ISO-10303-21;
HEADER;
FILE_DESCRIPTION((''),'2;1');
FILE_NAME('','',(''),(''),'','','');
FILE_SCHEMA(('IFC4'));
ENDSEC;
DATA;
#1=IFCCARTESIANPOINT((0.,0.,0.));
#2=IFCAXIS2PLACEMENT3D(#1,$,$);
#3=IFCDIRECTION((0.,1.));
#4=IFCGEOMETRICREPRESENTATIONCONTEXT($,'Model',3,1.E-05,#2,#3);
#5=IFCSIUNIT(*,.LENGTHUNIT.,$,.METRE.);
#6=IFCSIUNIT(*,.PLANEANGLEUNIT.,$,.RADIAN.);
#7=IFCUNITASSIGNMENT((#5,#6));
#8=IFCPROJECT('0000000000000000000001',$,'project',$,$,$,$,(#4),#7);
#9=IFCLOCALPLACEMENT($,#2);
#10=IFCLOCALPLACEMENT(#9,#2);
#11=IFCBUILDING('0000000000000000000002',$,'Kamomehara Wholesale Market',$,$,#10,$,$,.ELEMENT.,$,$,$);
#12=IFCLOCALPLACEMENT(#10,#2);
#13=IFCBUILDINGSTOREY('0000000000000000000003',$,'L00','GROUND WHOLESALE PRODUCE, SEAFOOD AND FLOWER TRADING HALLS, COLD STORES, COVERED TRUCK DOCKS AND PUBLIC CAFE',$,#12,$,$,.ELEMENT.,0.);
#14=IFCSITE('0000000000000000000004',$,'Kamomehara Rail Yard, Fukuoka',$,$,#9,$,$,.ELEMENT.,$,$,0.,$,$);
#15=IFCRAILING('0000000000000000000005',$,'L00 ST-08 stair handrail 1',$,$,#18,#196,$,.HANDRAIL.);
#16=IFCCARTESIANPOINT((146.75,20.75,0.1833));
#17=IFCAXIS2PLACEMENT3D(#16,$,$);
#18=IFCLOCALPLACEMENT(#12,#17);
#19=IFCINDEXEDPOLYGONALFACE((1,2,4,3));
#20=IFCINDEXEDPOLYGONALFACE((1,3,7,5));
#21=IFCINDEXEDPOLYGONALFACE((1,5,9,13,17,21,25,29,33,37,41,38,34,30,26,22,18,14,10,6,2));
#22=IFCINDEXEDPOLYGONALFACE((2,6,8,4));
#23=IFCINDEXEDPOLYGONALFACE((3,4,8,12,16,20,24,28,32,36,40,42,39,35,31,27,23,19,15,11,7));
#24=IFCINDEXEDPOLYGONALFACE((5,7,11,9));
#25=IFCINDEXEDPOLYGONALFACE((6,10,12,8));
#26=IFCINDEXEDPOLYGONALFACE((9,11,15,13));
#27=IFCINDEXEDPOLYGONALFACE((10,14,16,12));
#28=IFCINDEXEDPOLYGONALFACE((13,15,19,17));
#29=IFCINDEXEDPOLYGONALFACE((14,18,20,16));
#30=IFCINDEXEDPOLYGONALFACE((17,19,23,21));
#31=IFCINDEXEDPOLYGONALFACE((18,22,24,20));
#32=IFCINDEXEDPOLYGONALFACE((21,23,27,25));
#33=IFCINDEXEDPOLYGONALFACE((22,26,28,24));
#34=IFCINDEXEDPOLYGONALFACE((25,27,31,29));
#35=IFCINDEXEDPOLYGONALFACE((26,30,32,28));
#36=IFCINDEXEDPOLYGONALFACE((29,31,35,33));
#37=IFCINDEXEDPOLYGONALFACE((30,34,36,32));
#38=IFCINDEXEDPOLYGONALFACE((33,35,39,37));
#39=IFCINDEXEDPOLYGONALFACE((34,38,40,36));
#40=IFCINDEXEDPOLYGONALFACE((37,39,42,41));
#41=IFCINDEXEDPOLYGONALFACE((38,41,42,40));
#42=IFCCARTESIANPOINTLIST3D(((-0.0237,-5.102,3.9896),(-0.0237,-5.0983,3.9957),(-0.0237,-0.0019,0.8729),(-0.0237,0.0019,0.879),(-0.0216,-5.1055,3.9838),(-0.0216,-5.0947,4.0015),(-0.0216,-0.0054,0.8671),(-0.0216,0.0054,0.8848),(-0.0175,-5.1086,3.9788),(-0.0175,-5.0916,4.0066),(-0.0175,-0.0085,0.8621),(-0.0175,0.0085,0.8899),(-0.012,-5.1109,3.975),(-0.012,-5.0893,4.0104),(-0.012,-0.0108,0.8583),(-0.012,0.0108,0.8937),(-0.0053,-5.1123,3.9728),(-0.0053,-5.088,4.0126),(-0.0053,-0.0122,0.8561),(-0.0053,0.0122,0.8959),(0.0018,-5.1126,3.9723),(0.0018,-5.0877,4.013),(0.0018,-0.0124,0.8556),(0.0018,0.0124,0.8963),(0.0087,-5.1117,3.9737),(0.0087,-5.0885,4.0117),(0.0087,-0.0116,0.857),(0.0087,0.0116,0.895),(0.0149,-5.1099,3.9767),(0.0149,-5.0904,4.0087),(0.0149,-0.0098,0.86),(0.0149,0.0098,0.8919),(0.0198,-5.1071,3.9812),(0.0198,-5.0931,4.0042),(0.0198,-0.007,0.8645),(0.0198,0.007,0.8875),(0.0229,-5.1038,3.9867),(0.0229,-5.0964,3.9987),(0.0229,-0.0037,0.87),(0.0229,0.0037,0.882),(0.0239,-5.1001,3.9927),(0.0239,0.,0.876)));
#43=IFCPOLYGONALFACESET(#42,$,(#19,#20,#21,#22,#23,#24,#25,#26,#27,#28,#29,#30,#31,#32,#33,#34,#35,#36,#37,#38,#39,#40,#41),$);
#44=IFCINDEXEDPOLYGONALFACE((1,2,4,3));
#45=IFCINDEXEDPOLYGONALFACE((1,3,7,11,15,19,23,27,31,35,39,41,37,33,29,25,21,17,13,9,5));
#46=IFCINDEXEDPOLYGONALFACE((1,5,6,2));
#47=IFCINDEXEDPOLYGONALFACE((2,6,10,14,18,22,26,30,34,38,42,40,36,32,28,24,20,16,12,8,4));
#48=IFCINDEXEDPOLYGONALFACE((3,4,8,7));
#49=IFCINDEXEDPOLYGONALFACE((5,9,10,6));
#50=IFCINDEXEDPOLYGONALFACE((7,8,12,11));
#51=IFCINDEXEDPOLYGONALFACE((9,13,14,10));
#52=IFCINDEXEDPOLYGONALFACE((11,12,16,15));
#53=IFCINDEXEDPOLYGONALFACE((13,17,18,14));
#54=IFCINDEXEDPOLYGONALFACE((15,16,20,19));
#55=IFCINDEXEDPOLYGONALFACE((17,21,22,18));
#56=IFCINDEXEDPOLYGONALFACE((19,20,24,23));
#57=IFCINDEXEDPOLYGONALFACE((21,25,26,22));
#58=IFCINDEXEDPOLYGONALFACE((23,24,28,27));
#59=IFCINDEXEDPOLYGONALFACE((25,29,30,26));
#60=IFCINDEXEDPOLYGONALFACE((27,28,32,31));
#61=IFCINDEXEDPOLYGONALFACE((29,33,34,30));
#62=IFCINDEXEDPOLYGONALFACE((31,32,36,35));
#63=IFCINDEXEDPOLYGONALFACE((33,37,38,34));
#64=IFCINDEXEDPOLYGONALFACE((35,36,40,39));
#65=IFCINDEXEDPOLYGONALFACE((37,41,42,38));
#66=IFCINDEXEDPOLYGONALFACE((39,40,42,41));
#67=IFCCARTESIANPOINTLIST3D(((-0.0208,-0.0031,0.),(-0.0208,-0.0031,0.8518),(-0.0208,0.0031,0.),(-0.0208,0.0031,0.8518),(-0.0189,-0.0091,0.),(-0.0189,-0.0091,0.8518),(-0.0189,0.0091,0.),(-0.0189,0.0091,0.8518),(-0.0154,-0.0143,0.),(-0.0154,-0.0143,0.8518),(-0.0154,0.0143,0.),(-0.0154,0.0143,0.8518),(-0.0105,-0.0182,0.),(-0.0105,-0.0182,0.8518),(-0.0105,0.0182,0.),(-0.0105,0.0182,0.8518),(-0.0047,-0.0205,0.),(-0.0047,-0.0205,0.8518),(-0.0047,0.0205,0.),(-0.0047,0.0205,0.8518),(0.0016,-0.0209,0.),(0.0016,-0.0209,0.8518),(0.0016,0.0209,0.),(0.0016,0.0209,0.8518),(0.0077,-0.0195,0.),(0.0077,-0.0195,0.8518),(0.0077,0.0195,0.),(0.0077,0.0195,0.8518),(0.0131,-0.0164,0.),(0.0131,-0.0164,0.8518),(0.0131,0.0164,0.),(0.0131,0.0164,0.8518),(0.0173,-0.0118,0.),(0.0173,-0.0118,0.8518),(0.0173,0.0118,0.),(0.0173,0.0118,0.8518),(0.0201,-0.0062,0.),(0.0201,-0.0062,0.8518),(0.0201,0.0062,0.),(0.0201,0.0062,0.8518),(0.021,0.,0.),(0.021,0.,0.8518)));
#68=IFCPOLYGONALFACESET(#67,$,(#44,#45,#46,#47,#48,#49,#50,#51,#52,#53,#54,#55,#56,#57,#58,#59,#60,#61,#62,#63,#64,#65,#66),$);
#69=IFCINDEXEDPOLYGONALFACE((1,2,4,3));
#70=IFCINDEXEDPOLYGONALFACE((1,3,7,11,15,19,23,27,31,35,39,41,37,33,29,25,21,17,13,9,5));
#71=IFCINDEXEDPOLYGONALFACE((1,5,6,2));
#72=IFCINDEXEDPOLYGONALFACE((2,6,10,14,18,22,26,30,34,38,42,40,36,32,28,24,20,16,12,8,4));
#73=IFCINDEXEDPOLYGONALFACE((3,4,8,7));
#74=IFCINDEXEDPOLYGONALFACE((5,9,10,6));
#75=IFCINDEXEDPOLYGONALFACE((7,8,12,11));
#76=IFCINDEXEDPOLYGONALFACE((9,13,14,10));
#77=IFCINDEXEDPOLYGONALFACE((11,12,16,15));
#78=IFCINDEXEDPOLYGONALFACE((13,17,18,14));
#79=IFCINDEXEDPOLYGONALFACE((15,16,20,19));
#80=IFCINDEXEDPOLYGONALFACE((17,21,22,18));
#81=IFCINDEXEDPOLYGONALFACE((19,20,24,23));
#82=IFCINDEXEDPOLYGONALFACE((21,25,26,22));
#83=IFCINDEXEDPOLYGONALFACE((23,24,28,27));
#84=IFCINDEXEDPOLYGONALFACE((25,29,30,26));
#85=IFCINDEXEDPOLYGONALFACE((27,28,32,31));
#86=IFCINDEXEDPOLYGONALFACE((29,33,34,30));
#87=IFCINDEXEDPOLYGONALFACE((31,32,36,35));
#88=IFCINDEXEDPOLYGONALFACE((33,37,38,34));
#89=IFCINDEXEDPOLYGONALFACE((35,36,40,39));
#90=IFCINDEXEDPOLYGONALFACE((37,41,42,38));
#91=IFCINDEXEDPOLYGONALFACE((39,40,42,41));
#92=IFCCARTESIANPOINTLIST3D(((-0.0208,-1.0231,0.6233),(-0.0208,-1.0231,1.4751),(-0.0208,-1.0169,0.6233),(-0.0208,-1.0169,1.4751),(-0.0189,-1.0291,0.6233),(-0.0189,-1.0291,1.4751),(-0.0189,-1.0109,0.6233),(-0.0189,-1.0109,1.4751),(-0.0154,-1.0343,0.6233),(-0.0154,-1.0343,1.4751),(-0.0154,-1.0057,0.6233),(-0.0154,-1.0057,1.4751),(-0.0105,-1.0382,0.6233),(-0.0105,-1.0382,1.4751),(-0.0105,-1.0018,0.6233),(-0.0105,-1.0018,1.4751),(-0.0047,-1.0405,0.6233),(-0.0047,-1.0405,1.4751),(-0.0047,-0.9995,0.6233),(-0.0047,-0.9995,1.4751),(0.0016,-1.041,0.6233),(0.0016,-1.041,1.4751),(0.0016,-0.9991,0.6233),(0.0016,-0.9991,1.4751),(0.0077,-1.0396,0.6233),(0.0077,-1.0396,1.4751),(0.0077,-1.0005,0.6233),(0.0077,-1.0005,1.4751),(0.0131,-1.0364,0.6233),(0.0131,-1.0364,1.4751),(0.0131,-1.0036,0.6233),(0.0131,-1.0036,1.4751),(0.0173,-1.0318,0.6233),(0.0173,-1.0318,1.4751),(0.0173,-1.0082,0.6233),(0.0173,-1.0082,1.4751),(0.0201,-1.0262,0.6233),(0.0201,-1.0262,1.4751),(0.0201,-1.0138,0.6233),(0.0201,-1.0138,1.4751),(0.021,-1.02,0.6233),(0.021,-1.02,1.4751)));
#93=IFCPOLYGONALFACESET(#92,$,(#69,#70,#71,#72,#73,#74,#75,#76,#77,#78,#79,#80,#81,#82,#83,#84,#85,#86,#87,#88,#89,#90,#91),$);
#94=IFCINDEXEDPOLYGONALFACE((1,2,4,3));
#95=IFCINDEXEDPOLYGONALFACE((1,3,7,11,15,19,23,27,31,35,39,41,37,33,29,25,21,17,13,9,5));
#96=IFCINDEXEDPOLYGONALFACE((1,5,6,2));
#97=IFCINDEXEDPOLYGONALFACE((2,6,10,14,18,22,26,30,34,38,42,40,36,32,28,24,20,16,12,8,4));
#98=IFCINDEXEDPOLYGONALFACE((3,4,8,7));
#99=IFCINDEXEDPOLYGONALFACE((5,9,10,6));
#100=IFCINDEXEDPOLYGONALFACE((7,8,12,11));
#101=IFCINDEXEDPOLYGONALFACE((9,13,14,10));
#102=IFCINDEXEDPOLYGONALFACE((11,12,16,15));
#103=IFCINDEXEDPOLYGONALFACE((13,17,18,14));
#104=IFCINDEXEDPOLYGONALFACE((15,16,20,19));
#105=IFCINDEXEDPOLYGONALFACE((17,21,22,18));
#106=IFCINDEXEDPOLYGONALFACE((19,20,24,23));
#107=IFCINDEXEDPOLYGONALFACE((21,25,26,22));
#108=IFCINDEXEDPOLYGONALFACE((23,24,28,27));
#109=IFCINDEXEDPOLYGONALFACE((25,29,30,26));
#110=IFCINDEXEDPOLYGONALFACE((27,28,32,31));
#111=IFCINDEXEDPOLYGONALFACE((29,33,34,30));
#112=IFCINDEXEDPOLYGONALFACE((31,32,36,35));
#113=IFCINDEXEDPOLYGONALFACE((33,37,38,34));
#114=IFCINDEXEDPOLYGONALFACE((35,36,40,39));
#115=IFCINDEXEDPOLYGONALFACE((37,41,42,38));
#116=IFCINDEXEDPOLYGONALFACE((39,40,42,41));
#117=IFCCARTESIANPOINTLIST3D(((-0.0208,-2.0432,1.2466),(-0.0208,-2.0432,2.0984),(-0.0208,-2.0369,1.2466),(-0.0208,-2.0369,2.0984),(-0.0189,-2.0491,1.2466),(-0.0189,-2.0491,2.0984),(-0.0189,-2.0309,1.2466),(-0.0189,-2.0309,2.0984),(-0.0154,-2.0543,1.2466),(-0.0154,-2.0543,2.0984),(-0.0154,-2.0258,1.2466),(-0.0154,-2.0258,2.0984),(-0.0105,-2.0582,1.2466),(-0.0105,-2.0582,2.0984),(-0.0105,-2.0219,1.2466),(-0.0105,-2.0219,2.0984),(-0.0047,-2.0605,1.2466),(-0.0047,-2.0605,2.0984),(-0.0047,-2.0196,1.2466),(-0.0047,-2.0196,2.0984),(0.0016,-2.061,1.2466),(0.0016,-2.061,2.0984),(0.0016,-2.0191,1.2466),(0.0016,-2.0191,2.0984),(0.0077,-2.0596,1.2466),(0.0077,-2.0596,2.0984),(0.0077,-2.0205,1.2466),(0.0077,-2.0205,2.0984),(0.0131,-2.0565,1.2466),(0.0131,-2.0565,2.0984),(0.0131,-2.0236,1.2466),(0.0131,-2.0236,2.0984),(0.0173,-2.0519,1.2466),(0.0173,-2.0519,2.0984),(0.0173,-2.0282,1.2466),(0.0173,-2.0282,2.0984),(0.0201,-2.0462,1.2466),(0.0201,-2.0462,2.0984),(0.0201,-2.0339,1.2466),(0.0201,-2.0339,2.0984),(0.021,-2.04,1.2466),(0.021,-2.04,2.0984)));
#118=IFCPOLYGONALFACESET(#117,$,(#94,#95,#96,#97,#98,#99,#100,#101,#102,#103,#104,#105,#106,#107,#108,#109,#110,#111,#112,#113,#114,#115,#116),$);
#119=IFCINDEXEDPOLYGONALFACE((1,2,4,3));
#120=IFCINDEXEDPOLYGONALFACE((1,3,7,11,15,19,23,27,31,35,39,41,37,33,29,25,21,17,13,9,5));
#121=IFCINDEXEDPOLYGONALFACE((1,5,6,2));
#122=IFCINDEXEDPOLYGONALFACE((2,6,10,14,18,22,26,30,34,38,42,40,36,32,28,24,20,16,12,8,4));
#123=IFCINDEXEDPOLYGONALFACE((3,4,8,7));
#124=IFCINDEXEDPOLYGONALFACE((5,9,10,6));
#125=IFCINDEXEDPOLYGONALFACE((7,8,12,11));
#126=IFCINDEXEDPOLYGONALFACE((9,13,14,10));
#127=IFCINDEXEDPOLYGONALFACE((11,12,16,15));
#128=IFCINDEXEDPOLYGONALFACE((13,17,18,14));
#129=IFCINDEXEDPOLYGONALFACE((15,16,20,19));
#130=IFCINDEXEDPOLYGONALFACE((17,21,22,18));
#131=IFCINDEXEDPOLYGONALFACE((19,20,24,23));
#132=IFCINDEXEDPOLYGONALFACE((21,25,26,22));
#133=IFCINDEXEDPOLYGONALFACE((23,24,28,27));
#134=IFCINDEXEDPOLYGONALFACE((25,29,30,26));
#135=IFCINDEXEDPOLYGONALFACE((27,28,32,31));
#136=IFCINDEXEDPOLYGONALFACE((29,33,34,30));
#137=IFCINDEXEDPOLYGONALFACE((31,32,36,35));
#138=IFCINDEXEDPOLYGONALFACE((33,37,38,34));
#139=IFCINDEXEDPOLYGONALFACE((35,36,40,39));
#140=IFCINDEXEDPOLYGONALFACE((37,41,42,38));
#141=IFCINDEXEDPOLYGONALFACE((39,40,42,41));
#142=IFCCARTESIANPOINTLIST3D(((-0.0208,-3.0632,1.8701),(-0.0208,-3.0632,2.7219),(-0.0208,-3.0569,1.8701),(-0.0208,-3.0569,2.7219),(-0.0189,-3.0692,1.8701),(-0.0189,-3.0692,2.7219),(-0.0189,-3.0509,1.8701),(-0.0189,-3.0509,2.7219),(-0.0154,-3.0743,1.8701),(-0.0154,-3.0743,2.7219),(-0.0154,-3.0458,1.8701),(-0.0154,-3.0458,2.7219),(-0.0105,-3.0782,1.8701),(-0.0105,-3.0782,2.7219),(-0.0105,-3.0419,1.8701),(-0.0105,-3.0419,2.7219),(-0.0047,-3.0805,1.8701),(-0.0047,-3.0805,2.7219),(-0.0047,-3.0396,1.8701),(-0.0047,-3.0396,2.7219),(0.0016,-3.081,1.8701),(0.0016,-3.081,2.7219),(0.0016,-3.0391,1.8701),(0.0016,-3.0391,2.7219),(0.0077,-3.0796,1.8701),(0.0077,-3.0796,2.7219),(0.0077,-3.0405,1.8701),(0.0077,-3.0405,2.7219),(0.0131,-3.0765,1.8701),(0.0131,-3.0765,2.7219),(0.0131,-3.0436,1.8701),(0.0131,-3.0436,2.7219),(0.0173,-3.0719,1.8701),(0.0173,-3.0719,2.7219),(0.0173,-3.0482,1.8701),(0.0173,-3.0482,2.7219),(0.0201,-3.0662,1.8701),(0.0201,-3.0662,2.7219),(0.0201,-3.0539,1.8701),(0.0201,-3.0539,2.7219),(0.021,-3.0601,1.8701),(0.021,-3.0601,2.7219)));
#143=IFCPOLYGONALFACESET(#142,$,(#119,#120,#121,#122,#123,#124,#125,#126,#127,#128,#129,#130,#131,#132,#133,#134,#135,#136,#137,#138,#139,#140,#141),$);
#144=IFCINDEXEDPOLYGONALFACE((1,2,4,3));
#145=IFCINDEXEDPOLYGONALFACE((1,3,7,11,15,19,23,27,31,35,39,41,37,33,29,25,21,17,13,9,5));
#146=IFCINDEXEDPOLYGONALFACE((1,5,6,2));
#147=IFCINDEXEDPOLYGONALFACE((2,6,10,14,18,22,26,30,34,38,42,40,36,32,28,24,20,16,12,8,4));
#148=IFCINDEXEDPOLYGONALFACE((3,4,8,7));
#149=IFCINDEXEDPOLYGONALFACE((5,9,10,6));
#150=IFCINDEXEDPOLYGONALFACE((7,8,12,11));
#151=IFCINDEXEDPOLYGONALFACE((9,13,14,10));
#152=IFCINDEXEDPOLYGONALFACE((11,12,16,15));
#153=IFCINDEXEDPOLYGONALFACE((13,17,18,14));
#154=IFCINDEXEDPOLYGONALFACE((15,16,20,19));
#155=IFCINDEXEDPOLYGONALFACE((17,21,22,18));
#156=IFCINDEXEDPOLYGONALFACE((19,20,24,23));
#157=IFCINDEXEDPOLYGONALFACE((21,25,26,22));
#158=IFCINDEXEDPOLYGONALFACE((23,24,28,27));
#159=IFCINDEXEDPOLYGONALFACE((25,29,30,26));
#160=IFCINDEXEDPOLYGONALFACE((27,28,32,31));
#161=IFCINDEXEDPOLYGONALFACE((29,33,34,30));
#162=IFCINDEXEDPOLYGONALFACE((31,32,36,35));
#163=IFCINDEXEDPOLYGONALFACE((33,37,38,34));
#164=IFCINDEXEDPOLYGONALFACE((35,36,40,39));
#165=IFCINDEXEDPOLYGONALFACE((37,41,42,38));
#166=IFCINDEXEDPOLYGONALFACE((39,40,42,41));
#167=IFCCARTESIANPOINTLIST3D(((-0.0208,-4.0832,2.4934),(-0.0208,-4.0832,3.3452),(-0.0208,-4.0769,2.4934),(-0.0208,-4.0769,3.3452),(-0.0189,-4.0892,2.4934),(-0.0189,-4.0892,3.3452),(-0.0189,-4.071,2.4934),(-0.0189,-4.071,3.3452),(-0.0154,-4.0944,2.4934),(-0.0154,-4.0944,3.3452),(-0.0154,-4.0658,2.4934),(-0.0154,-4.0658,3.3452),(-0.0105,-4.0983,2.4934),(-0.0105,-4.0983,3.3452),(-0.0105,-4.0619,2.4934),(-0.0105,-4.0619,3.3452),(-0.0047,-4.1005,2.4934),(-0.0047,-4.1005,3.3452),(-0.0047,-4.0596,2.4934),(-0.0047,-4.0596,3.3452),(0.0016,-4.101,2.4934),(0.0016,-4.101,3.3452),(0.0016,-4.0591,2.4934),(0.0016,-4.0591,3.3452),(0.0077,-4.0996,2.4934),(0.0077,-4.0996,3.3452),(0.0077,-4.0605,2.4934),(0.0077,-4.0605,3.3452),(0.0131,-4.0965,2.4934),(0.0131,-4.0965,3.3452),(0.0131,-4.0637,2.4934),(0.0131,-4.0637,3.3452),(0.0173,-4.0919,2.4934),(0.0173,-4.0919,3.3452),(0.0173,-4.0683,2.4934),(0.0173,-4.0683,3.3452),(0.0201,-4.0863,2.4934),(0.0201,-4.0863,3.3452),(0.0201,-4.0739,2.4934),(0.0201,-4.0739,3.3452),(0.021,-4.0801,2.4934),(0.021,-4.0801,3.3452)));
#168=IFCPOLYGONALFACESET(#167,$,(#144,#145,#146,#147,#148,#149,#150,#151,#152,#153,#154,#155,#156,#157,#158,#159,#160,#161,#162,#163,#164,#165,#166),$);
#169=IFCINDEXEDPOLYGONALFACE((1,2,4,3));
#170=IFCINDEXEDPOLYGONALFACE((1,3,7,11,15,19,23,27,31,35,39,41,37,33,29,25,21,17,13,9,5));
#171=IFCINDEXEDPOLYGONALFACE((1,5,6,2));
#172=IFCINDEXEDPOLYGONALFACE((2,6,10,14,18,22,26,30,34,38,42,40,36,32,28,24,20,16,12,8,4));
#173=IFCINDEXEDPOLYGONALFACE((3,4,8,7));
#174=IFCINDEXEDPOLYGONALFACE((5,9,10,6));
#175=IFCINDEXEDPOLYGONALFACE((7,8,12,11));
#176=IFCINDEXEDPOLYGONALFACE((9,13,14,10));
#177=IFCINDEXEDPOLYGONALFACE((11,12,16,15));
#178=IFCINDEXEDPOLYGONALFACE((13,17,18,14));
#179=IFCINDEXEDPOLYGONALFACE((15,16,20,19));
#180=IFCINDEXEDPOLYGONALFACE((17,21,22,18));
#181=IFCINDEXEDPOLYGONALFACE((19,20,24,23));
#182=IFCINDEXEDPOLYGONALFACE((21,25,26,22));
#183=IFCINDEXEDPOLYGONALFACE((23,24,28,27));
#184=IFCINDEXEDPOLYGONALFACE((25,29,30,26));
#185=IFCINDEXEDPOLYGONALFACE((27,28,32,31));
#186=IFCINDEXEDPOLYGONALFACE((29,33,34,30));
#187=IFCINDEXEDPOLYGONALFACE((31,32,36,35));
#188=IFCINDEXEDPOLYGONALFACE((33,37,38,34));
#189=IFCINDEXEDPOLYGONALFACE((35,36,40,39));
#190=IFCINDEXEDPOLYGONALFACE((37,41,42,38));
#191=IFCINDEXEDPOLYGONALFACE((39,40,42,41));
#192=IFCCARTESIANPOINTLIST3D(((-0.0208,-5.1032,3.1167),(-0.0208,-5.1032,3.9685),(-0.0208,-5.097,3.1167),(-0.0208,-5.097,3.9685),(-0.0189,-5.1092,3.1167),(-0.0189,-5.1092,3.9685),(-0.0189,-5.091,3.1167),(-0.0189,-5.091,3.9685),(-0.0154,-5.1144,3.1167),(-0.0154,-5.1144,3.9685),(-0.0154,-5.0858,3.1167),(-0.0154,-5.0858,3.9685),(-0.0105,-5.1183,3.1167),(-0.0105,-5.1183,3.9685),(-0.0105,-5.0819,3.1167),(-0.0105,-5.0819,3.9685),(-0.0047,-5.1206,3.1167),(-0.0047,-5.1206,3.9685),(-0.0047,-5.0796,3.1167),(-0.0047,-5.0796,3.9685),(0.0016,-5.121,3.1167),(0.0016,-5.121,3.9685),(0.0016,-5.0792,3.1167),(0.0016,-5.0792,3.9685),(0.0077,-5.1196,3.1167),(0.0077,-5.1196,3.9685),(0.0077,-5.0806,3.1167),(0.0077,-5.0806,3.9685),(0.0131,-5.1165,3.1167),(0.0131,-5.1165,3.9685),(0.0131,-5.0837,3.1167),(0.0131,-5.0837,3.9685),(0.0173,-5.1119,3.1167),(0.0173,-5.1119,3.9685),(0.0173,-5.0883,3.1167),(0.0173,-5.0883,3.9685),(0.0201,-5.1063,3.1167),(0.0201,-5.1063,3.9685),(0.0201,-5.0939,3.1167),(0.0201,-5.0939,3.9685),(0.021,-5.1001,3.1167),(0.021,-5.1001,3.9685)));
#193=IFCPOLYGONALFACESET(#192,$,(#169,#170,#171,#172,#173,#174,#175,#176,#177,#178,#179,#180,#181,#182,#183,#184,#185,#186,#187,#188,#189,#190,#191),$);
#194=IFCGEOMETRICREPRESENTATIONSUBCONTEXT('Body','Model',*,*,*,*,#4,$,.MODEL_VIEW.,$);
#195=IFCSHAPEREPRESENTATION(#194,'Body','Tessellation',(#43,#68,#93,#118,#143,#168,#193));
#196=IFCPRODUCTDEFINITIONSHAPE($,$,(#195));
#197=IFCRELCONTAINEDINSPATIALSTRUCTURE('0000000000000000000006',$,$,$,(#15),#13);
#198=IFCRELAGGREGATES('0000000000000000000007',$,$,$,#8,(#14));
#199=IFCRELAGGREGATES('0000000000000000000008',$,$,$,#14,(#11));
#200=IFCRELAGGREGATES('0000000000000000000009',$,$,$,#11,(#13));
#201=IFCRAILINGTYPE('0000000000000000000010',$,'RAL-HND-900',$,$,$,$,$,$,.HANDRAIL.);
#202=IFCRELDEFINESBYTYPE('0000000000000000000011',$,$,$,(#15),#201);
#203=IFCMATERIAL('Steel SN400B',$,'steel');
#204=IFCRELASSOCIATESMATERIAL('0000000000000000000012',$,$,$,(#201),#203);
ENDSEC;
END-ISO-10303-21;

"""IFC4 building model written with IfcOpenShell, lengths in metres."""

from ifc_helpers import new_model, si_unit, direction, frame, origin, origin_2d, place, context, subcontext, project, spatial, circle, extrude, material, type_object, element, save


model = new_model("IFC4")

# Units and contexts
model_context = context("Model", 3, precision=1e-05, world=origin(), true_north=direction((0.0, 1.0)))
body_context = subcontext(model_context, "Body", "Model", "MODEL_VIEW")
ifc_project = project(units=[si_unit("LENGTHUNIT", "METRE"), si_unit("PLANEANGLEUNIT", "RADIAN")], contexts=[model_context])

# Site, building, storey
site_placement = place(None, origin())
site = spatial("IfcSite", under=ifc_project, at=site_placement, Name="Kamomehara Rail Yard, Fukuoka", CompositionType="ELEMENT", RefElevation=0.0)
building_placement = place(site_placement, origin())
building = spatial("IfcBuilding", under=site, at=building_placement, Name="Kamomehara Wholesale Market", CompositionType="ELEMENT")
storey_placement = place(building_placement, origin())
storey = spatial("IfcBuildingStorey", under=building, at=storey_placement, Name="L00", Description="GROUND WHOLESALE PRODUCE, SEAFOOD AND FLOWER TRADING HALLS, COLD STORES, COVERED TRUCK DOCKS AND PUBLIC CAFE", CompositionType="ELEMENT", Elevation=0.0)

# Railing
ifc_material_1 = material(Name="Steel SN400B", Category="steel")
railing_type_1 = type_object("IfcRailingType", Name="RAL-HND-900", PredefinedType="HANDRAIL", material=ifc_material_1)
railing_1_placement = place(storey_placement, frame((146.75, 20.75, 0.1833)))
element("IfcRailing", 1, at=railing_1_placement, inside=storey, type_object=railing_type_1, Name="L00 ST-08 stair handrail 1", PredefinedType="HANDRAIL", context=body_context, shape_type="SweptSolid", body=[
    extrude(circle(Radius=0.0239, at=origin_2d()), frame((0.0, 0.0, 0.876), z_axis=(0.0, -0.853284, 0.521447), x_axis=(1.0, 0.0, 0.0)), (0.0, 0.0, 1.0), 5.9771),
    extrude(circle(Radius=0.021, at=origin_2d()), origin(), (0.0, 0.0, 1.0), 0.8518),
    extrude(circle(Radius=0.021, at=origin_2d()), frame((0.0, -1.02, 0.6233)), (0.0, 0.0, 1.0), 0.8518),
    extrude(circle(Radius=0.021, at=origin_2d()), frame((0.0, -2.04, 1.2466)), (0.0, 0.0, 1.0), 0.8518),
    extrude(circle(Radius=0.021, at=origin_2d()), frame((0.0, -3.0601, 1.8701)), (0.0, 0.0, 1.0), 0.8518),
    extrude(circle(Radius=0.021, at=origin_2d()), frame((0.0, -4.0801, 2.4934)), (0.0, 0.0, 1.0), 0.8518),
    extrude(circle(Radius=0.021, at=origin_2d()), frame((0.0, -5.1001, 3.1167)), (0.0, 0.0, 1.0), 0.8518),
])

save(model, "model.ifc")
